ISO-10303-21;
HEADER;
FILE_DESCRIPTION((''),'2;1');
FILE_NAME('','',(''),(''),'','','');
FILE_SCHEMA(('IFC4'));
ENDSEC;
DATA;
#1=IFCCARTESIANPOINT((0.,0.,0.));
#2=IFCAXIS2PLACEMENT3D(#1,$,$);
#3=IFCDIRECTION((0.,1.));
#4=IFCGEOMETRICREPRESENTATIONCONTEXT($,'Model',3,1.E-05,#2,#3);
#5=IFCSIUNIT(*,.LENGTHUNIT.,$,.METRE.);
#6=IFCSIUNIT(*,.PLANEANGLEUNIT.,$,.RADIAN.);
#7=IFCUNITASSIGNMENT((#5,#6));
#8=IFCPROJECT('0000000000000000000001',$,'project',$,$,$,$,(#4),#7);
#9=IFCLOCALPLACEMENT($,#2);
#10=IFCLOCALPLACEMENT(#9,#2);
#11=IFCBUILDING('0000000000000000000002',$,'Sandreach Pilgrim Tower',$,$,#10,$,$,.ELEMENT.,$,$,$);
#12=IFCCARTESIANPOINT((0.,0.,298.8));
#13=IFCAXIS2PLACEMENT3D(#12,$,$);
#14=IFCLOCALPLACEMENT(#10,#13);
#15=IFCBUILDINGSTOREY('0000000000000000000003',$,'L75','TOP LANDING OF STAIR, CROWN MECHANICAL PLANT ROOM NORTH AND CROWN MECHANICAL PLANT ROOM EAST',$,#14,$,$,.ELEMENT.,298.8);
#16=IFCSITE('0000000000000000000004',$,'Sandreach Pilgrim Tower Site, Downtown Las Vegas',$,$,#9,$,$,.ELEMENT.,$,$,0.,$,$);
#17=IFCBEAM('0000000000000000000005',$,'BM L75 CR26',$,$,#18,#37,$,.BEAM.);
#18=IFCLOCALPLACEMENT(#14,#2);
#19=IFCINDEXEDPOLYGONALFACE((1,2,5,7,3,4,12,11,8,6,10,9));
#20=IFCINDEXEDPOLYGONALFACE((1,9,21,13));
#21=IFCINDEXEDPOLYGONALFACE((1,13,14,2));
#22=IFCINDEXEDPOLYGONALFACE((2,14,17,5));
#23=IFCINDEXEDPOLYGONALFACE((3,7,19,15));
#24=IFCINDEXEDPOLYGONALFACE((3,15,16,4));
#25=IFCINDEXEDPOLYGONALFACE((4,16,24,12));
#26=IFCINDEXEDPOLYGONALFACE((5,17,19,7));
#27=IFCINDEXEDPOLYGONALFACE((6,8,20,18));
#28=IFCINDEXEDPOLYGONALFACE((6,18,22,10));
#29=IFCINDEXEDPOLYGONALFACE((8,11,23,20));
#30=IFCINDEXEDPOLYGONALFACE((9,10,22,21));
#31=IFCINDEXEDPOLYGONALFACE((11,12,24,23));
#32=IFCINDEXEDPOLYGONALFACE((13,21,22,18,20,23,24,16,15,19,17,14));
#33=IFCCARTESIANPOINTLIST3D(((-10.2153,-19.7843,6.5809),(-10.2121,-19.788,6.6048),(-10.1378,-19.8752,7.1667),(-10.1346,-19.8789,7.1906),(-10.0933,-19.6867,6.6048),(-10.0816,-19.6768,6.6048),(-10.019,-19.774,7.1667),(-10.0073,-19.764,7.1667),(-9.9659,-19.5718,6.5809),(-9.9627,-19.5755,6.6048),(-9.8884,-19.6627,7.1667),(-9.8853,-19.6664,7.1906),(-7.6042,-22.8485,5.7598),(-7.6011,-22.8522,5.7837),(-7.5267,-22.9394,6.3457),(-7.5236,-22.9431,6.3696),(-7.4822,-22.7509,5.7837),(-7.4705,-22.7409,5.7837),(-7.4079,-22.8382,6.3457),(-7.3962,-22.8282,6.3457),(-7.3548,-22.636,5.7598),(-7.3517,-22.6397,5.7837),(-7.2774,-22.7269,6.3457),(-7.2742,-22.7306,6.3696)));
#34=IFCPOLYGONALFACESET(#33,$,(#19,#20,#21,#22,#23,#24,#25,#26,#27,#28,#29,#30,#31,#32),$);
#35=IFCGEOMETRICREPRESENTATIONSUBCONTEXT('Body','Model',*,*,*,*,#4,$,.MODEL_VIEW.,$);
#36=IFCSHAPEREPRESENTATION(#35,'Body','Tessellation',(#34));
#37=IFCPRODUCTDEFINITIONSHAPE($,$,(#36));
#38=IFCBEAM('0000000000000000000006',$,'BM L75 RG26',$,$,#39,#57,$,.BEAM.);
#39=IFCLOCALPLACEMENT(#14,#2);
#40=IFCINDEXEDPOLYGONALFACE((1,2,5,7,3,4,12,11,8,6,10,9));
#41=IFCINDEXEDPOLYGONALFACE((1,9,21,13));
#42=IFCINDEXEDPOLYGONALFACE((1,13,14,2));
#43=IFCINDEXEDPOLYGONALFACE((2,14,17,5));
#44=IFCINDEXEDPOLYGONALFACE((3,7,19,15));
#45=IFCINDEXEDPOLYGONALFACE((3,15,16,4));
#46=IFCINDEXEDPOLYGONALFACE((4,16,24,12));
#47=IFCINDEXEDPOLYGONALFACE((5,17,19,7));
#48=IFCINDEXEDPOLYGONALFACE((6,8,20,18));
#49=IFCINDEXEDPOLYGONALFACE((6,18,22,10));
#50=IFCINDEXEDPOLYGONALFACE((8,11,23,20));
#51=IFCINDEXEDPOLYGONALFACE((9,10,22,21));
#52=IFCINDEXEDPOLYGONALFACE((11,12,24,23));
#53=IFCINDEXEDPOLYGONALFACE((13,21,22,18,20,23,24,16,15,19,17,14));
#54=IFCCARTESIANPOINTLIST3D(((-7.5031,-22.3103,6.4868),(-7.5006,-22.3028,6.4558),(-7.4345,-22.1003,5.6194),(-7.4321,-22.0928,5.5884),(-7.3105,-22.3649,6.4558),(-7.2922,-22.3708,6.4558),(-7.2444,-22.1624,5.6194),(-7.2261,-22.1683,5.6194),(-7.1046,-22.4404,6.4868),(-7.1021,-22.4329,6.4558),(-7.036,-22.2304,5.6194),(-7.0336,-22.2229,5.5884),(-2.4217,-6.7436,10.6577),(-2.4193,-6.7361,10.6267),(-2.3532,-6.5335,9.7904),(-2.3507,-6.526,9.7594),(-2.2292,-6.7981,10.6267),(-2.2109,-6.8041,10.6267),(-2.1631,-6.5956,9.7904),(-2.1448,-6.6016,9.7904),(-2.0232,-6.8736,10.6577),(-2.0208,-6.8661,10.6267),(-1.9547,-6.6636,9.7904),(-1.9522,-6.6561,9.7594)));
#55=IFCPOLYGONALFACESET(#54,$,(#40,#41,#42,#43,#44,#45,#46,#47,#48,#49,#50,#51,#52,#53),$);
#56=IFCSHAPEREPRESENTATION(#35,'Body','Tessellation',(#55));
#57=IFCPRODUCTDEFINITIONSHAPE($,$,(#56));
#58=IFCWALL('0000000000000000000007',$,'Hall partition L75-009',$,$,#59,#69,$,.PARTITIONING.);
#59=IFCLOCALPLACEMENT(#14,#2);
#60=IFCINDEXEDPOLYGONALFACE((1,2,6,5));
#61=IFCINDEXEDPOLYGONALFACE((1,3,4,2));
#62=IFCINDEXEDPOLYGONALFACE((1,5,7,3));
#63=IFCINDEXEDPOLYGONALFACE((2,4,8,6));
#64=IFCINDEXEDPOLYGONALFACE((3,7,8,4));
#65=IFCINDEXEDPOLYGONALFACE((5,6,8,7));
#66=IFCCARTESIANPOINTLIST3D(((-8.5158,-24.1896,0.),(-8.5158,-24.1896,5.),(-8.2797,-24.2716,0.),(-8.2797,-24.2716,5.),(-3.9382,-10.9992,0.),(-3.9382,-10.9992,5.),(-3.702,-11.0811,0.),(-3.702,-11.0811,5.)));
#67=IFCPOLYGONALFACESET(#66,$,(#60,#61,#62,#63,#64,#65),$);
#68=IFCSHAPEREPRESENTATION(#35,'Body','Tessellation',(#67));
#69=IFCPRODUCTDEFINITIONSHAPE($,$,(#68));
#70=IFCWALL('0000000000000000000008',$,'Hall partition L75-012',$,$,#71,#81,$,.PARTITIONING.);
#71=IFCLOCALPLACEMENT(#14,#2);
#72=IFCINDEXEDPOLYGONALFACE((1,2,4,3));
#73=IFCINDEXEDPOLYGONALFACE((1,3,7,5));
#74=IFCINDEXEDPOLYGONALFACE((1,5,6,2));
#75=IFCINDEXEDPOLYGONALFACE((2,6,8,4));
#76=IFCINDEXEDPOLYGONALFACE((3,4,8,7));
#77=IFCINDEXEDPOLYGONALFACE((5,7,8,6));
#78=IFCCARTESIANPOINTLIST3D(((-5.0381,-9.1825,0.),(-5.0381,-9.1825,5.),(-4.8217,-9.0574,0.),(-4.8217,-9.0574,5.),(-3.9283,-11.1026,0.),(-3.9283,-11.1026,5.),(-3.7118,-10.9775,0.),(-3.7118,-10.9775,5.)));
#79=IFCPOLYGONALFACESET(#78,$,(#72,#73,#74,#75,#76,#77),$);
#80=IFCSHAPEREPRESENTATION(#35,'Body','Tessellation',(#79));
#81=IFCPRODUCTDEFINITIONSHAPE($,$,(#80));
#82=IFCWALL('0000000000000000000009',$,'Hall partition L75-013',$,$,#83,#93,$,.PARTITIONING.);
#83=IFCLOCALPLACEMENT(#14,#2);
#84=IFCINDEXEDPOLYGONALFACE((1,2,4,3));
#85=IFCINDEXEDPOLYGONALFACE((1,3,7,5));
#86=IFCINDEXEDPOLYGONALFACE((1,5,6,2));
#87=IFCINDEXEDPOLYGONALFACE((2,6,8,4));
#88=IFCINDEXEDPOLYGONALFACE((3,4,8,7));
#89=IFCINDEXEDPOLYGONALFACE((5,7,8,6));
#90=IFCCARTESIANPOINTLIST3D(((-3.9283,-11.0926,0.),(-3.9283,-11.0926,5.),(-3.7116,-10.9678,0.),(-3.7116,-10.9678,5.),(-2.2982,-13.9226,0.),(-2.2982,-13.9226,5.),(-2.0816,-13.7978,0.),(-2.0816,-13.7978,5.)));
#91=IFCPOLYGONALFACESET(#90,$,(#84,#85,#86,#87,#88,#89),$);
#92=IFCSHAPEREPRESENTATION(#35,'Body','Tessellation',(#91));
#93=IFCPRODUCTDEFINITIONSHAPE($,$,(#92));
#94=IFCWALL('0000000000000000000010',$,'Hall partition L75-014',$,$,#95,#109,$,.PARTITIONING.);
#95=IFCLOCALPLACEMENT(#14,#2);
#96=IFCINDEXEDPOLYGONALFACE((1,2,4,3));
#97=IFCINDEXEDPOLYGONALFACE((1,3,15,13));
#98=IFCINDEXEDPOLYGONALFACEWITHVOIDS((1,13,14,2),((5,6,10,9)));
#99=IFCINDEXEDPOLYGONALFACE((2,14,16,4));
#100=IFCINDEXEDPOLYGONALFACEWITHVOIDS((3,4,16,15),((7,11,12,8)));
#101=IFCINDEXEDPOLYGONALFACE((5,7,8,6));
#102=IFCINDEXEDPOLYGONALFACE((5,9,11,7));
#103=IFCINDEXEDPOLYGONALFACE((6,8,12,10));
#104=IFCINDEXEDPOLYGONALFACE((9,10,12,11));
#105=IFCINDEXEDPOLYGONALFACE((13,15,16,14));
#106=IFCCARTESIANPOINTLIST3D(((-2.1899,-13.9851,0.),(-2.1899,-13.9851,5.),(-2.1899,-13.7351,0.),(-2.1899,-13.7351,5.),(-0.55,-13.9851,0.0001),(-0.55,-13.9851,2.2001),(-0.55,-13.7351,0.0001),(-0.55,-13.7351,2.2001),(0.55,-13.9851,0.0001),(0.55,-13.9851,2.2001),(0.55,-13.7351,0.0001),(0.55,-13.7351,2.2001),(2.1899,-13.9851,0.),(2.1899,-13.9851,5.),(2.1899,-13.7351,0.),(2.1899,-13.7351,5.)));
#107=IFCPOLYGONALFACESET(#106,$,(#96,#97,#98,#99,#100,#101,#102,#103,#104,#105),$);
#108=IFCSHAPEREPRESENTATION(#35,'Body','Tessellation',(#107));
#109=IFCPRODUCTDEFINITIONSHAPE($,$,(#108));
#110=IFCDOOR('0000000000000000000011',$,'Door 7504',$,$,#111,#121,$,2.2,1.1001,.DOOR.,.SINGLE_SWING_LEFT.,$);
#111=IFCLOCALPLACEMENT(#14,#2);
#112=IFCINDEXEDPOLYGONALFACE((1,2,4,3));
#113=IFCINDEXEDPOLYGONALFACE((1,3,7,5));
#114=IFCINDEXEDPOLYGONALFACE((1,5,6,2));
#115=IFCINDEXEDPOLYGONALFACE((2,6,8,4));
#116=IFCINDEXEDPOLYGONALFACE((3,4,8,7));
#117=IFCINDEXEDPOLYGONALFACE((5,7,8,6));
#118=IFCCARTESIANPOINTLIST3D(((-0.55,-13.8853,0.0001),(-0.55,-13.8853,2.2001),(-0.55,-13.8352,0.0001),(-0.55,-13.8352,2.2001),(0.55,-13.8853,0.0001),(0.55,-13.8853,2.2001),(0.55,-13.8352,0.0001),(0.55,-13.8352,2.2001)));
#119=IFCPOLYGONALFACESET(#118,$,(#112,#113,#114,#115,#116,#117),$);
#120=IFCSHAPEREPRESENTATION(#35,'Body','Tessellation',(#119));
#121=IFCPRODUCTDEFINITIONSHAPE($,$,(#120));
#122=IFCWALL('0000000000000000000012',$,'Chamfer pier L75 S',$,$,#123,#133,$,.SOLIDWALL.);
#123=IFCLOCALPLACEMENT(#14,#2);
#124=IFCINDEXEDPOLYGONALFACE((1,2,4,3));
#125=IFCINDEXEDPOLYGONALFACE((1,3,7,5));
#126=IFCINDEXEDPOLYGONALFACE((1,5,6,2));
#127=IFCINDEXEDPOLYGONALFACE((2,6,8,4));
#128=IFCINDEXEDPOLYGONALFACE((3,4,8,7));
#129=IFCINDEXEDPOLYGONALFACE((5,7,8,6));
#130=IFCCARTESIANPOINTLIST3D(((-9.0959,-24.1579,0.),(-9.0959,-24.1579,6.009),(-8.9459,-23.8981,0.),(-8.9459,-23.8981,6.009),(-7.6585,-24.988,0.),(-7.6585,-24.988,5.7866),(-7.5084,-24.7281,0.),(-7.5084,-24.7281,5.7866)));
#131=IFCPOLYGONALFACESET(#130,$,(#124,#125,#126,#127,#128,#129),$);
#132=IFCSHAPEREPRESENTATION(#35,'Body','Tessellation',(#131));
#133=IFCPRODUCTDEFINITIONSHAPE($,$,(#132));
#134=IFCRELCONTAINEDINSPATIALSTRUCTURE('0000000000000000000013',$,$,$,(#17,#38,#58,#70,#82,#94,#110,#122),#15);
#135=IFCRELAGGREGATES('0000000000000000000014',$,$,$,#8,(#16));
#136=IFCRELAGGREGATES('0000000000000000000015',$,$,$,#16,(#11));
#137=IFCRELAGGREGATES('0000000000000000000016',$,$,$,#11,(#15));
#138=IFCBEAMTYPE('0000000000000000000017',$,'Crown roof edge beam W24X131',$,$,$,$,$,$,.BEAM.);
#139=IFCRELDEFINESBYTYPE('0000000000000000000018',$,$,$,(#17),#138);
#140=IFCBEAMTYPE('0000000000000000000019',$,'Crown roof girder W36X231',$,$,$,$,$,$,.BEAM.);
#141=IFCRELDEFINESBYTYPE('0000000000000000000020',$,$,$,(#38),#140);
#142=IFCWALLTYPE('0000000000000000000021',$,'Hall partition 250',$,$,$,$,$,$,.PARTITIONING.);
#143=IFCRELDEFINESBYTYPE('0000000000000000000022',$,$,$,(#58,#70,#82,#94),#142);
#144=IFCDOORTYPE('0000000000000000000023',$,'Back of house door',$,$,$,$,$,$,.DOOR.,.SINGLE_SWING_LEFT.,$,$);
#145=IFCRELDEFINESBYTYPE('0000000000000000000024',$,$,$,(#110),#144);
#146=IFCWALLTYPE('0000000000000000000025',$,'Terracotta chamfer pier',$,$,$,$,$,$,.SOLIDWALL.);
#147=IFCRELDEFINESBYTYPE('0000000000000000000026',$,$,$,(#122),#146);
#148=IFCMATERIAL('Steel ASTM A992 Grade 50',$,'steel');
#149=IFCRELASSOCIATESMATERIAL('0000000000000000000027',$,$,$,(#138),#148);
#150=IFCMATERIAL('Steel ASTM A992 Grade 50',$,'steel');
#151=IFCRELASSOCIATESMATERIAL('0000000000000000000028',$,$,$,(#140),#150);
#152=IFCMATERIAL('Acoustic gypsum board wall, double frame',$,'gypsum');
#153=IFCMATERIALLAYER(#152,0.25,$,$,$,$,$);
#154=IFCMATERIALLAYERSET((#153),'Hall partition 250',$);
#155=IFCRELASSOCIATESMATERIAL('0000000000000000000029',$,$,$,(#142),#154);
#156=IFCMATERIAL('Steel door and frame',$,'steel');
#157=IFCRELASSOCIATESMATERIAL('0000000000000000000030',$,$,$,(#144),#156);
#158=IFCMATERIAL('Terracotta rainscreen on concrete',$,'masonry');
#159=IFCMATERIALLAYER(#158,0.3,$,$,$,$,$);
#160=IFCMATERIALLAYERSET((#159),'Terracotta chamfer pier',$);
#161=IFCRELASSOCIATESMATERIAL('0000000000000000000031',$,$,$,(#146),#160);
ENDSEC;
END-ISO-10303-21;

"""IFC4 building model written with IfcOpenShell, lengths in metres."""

from ifc_helpers import new_model, si_unit, direction, frame, frame_2d, origin, origin_2d, place, context, subcontext, project, spatial, polyline, rectangle, i_section, outline, extrude, material, layer, layer_set, material_profile, profile_set, type_object, element, fill, save


model = new_model("IFC4")

# Units and contexts
model_context = context("Model", 3, precision=1e-05, world=origin(), true_north=direction((0.0, 1.0)))
body_context = subcontext(model_context, "Body", "Model", "MODEL_VIEW")
ifc_project = project(units=[si_unit("LENGTHUNIT", "METRE"), si_unit("PLANEANGLEUNIT", "RADIAN")], contexts=[model_context])

# Site, building, storey
site_placement = place(None, origin())
site = spatial("IfcSite", under=ifc_project, at=site_placement, Name="Sandreach Pilgrim Tower Site, Downtown Las Vegas", CompositionType="ELEMENT", RefElevation=0.0)
building_placement = place(site_placement, origin())
building = spatial("IfcBuilding", under=site, at=building_placement, Name="Sandreach Pilgrim Tower", CompositionType="ELEMENT")
storey_placement = place(building_placement, frame((0.0, 0.0, 298.8)))
storey = spatial("IfcBuildingStorey", under=building, at=storey_placement, Name="L75", Description="TOP LANDING OF STAIR, CROWN MECHANICAL PLANT ROOM NORTH AND CROWN MECHANICAL PLANT ROOM EAST", CompositionType="ELEMENT", Elevation=298.8)

# Beams
ifc_material_1 = material(Name="Steel ASTM A992 Grade 50", Category="steel")
ifc_material_profile_1 = material_profile(ifc_material_1, i_section(OverallWidth=0.3276, OverallDepth=0.6223, WebThickness=0.0154, FlangeThickness=0.0244, at=origin_2d()), Name="W24X131")
ifc_profile_set_1 = profile_set([ifc_material_profile_1], Name="Steel ASTM A992 Grade 50")
beam_type_1 = type_object("IfcBeamType", Name="Crown roof edge beam W24X131", PredefinedType="BEAM", material=ifc_profile_set_1)
beam_1_placement = place(storey_placement, frame((-7.4392, -22.7896, 6.0647), z_axis=(-0.635504, 0.745789, 0.199832), x_axis=(-0.761141, -0.648586, 0.0)))
element("IfcBeam", 1, at=beam_1_placement, inside=storey, type_object=beam_type_1, Name="BM L75 CR26", PredefinedType="BEAM", context=body_context, shape_type="SweptSolid", body=[
    extrude(i_section(OverallWidth=0.3276, OverallDepth=0.6223, WebThickness=0.0154, FlangeThickness=0.0244, at=origin_2d()), origin(), (0.0, 0.0, 1.0), 4.1086),
])
ifc_material_2 = material(Name="Steel ASTM A992 Grade 50", Category="steel")
ifc_material_profile_2 = material_profile(ifc_material_2, i_section(OverallWidth=0.4192, OverallDepth=0.927, WebThickness=0.0193, FlangeThickness=0.032, at=origin_2d()), Name="W36X231")
ifc_profile_set_2 = profile_set([ifc_material_profile_2], Name="Steel ASTM A992 Grade 50")
beam_type_2 = type_object("IfcBeamType", Name="Crown roof girder W36X231", PredefinedType="BEAM", material=ifc_profile_set_2)
beam_2_placement = place(storey_placement, frame((-7.2683, -22.2666, 6.0376), z_axis=(0.300707, 0.921222, 0.24683), x_axis=(-0.950636, 0.310309, 0.0)))
element("IfcBeam", 2, at=beam_2_placement, inside=storey, type_object=beam_type_2, Name="BM L75 RG26", PredefinedType="BEAM", context=body_context, shape_type="SweptSolid", body=[
    extrude(i_section(OverallWidth=0.4192, OverallDepth=0.927, WebThickness=0.0193, FlangeThickness=0.032, at=origin_2d()), origin(), (0.0, 0.0, 1.0), 16.8979),
])

# Walls
ifc_material_3 = material(Name="Acoustic gypsum board wall, double frame", Category="gypsum")
ifc_layer_1 = layer(ifc_material_3, 0.25)
ifc_layer_set_1 = layer_set([ifc_layer_1], Name="Hall partition 250")
wall_type_1 = type_object("IfcWallType", Name="Hall partition 250", PredefinedType="PARTITIONING", material=ifc_layer_set_1)
wall_1_placement = place(storey_placement, frame((-8.3977, -24.2305, 0.0), z_axis=(0.0, 0.0, 1.0), x_axis=(0.32786, 0.944726, 0.0)))
element("IfcWall", 3, at=wall_1_placement, inside=storey, type_object=wall_type_1, Name="Hall partition L75-009", PredefinedType="PARTITIONING", context=body_context, shape_type="SweptSolid", body=[
    extrude(rectangle(XDim=13.9622, YDim=0.25, at=frame_2d((6.981, 0.0))), origin(), (0.0, 0.0, 1.0), 5.0),
])
wall_2_placement = place(storey_placement, frame((-3.8201, -11.04, 0.0), z_axis=(0.0, 0.0, 1.0), x_axis=(-0.500424, 0.86578, 0.0)))
element("IfcWall", 4, at=wall_2_placement, inside=storey, type_object=wall_type_1, Name="Hall partition L75-012", PredefinedType="PARTITIONING", context=body_context, shape_type="SweptSolid", body=[
    extrude(rectangle(XDim=2.2178, YDim=0.25, at=frame_2d((1.1089, 0.0))), origin(), (0.0, 0.0, 1.0), 5.0),
])
wall_3_placement = place(storey_placement, frame((-2.1899, -13.8601, 0.0), z_axis=(0.0, 0.0, 1.0), x_axis=(-0.499123, 0.866531, 0.0)))
element("IfcWall", 5, at=wall_3_placement, inside=storey, type_object=wall_type_1, Name="Hall partition L75-013", PredefinedType="PARTITIONING", context=body_context, shape_type="SweptSolid", body=[
    extrude(rectangle(XDim=3.2659, YDim=0.25, at=frame_2d((1.6328, 0.0))), origin(), (0.0, 0.0, 1.0), 5.0),
])

# Wall, opening, door
wall_4_placement = place(storey_placement, frame((-2.1899, -13.8601, 0.0), z_axis=(0.0, 0.0, 1.0), x_axis=(1.0, 0.0, 0.0)))
wall_4 = element("IfcWall", 6, at=wall_4_placement, inside=storey, type_object=wall_type_1, Name="Hall partition L75-014", PredefinedType="PARTITIONING", context=body_context, shape_type="SweptSolid", body=[
    extrude(rectangle(XDim=4.3799, YDim=0.25, at=frame_2d((2.1899, 0.0))), origin(), (0.0, 0.0, 1.0), 5.0),
])
opening_placement = place(wall_4_placement, frame((1.6399, 0.0, 0.0)))
opening = element("IfcOpeningElement", 7, at=opening_placement, cuts=wall_4, PredefinedType="OPENING", context=body_context, shape_type="SweptSolid", body=[
    extrude(rectangle(XDim=1.1001, YDim=2.2, at=frame_2d((0.55, 1.1001))), frame((0.0, 0.125, 0.0), z_axis=(0.0, -1.0, 0.0), x_axis=(1.0, 0.0, 0.0)), (0.0, 0.0, 1.0), 0.25),
])
ifc_material_4 = material(Name="Steel door and frame", Category="steel")
door_type = type_object("IfcDoorType", Name="Back of house door", OperationType="SINGLE_SWING_LEFT", PredefinedType="DOOR", material=ifc_material_4)
door_placement = place(opening_placement, origin())
door = element("IfcDoor", 8, at=door_placement, inside=storey, type_object=door_type, Name="Door 7504", OperationType="SINGLE_SWING_LEFT", OverallHeight=2.2, OverallWidth=1.1001, PredefinedType="DOOR", context=body_context, shape_type="SweptSolid", body=[
    extrude(rectangle(XDim=1.1001, YDim=2.2, at=frame_2d((0.55, 1.1001))), frame((0.0, 0.0249, 0.0), z_axis=(0.0, -1.0, 0.0), x_axis=(1.0, 0.0, 0.0)), (0.0, 0.0, 1.0), 0.05),
])
fill(opening, door)

# Wall
ifc_material_5 = material(Name="Terracotta rainscreen on concrete", Category="masonry")
ifc_layer_2 = layer(ifc_material_5, 0.3)
ifc_layer_set_2 = layer_set([ifc_layer_2], Name="Terracotta chamfer pier")
wall_type_2 = type_object("IfcWallType", Name="Terracotta chamfer pier", PredefinedType="SOLIDWALL", material=ifc_layer_set_2)
wall_5_placement = place(storey_placement, frame((-7.5835, -24.8582, 0.0), z_axis=(0.0, 0.0, 1.0), x_axis=(-0.86599, 0.500062, 0.0)))
element("IfcWall", 9, at=wall_5_placement, inside=storey, type_object=wall_type_2, Name="Chamfer pier L75 S", PredefinedType="SOLIDWALL", context=body_context, shape_type="SweptSolid", body=[
    extrude(outline(polyline([(0.0, 0.0), (1.6599, 0.0), (1.6599, 6.009), (0.0, 5.7866), (0.0, 0.0)])), frame((0.0, 0.1499, 0.0), z_axis=(0.0, -1.0, 0.0), x_axis=(1.0, 0.0, 0.0)), (0.0, 0.0, 1.0), 0.3),
])

save(model, "model.ifc")
